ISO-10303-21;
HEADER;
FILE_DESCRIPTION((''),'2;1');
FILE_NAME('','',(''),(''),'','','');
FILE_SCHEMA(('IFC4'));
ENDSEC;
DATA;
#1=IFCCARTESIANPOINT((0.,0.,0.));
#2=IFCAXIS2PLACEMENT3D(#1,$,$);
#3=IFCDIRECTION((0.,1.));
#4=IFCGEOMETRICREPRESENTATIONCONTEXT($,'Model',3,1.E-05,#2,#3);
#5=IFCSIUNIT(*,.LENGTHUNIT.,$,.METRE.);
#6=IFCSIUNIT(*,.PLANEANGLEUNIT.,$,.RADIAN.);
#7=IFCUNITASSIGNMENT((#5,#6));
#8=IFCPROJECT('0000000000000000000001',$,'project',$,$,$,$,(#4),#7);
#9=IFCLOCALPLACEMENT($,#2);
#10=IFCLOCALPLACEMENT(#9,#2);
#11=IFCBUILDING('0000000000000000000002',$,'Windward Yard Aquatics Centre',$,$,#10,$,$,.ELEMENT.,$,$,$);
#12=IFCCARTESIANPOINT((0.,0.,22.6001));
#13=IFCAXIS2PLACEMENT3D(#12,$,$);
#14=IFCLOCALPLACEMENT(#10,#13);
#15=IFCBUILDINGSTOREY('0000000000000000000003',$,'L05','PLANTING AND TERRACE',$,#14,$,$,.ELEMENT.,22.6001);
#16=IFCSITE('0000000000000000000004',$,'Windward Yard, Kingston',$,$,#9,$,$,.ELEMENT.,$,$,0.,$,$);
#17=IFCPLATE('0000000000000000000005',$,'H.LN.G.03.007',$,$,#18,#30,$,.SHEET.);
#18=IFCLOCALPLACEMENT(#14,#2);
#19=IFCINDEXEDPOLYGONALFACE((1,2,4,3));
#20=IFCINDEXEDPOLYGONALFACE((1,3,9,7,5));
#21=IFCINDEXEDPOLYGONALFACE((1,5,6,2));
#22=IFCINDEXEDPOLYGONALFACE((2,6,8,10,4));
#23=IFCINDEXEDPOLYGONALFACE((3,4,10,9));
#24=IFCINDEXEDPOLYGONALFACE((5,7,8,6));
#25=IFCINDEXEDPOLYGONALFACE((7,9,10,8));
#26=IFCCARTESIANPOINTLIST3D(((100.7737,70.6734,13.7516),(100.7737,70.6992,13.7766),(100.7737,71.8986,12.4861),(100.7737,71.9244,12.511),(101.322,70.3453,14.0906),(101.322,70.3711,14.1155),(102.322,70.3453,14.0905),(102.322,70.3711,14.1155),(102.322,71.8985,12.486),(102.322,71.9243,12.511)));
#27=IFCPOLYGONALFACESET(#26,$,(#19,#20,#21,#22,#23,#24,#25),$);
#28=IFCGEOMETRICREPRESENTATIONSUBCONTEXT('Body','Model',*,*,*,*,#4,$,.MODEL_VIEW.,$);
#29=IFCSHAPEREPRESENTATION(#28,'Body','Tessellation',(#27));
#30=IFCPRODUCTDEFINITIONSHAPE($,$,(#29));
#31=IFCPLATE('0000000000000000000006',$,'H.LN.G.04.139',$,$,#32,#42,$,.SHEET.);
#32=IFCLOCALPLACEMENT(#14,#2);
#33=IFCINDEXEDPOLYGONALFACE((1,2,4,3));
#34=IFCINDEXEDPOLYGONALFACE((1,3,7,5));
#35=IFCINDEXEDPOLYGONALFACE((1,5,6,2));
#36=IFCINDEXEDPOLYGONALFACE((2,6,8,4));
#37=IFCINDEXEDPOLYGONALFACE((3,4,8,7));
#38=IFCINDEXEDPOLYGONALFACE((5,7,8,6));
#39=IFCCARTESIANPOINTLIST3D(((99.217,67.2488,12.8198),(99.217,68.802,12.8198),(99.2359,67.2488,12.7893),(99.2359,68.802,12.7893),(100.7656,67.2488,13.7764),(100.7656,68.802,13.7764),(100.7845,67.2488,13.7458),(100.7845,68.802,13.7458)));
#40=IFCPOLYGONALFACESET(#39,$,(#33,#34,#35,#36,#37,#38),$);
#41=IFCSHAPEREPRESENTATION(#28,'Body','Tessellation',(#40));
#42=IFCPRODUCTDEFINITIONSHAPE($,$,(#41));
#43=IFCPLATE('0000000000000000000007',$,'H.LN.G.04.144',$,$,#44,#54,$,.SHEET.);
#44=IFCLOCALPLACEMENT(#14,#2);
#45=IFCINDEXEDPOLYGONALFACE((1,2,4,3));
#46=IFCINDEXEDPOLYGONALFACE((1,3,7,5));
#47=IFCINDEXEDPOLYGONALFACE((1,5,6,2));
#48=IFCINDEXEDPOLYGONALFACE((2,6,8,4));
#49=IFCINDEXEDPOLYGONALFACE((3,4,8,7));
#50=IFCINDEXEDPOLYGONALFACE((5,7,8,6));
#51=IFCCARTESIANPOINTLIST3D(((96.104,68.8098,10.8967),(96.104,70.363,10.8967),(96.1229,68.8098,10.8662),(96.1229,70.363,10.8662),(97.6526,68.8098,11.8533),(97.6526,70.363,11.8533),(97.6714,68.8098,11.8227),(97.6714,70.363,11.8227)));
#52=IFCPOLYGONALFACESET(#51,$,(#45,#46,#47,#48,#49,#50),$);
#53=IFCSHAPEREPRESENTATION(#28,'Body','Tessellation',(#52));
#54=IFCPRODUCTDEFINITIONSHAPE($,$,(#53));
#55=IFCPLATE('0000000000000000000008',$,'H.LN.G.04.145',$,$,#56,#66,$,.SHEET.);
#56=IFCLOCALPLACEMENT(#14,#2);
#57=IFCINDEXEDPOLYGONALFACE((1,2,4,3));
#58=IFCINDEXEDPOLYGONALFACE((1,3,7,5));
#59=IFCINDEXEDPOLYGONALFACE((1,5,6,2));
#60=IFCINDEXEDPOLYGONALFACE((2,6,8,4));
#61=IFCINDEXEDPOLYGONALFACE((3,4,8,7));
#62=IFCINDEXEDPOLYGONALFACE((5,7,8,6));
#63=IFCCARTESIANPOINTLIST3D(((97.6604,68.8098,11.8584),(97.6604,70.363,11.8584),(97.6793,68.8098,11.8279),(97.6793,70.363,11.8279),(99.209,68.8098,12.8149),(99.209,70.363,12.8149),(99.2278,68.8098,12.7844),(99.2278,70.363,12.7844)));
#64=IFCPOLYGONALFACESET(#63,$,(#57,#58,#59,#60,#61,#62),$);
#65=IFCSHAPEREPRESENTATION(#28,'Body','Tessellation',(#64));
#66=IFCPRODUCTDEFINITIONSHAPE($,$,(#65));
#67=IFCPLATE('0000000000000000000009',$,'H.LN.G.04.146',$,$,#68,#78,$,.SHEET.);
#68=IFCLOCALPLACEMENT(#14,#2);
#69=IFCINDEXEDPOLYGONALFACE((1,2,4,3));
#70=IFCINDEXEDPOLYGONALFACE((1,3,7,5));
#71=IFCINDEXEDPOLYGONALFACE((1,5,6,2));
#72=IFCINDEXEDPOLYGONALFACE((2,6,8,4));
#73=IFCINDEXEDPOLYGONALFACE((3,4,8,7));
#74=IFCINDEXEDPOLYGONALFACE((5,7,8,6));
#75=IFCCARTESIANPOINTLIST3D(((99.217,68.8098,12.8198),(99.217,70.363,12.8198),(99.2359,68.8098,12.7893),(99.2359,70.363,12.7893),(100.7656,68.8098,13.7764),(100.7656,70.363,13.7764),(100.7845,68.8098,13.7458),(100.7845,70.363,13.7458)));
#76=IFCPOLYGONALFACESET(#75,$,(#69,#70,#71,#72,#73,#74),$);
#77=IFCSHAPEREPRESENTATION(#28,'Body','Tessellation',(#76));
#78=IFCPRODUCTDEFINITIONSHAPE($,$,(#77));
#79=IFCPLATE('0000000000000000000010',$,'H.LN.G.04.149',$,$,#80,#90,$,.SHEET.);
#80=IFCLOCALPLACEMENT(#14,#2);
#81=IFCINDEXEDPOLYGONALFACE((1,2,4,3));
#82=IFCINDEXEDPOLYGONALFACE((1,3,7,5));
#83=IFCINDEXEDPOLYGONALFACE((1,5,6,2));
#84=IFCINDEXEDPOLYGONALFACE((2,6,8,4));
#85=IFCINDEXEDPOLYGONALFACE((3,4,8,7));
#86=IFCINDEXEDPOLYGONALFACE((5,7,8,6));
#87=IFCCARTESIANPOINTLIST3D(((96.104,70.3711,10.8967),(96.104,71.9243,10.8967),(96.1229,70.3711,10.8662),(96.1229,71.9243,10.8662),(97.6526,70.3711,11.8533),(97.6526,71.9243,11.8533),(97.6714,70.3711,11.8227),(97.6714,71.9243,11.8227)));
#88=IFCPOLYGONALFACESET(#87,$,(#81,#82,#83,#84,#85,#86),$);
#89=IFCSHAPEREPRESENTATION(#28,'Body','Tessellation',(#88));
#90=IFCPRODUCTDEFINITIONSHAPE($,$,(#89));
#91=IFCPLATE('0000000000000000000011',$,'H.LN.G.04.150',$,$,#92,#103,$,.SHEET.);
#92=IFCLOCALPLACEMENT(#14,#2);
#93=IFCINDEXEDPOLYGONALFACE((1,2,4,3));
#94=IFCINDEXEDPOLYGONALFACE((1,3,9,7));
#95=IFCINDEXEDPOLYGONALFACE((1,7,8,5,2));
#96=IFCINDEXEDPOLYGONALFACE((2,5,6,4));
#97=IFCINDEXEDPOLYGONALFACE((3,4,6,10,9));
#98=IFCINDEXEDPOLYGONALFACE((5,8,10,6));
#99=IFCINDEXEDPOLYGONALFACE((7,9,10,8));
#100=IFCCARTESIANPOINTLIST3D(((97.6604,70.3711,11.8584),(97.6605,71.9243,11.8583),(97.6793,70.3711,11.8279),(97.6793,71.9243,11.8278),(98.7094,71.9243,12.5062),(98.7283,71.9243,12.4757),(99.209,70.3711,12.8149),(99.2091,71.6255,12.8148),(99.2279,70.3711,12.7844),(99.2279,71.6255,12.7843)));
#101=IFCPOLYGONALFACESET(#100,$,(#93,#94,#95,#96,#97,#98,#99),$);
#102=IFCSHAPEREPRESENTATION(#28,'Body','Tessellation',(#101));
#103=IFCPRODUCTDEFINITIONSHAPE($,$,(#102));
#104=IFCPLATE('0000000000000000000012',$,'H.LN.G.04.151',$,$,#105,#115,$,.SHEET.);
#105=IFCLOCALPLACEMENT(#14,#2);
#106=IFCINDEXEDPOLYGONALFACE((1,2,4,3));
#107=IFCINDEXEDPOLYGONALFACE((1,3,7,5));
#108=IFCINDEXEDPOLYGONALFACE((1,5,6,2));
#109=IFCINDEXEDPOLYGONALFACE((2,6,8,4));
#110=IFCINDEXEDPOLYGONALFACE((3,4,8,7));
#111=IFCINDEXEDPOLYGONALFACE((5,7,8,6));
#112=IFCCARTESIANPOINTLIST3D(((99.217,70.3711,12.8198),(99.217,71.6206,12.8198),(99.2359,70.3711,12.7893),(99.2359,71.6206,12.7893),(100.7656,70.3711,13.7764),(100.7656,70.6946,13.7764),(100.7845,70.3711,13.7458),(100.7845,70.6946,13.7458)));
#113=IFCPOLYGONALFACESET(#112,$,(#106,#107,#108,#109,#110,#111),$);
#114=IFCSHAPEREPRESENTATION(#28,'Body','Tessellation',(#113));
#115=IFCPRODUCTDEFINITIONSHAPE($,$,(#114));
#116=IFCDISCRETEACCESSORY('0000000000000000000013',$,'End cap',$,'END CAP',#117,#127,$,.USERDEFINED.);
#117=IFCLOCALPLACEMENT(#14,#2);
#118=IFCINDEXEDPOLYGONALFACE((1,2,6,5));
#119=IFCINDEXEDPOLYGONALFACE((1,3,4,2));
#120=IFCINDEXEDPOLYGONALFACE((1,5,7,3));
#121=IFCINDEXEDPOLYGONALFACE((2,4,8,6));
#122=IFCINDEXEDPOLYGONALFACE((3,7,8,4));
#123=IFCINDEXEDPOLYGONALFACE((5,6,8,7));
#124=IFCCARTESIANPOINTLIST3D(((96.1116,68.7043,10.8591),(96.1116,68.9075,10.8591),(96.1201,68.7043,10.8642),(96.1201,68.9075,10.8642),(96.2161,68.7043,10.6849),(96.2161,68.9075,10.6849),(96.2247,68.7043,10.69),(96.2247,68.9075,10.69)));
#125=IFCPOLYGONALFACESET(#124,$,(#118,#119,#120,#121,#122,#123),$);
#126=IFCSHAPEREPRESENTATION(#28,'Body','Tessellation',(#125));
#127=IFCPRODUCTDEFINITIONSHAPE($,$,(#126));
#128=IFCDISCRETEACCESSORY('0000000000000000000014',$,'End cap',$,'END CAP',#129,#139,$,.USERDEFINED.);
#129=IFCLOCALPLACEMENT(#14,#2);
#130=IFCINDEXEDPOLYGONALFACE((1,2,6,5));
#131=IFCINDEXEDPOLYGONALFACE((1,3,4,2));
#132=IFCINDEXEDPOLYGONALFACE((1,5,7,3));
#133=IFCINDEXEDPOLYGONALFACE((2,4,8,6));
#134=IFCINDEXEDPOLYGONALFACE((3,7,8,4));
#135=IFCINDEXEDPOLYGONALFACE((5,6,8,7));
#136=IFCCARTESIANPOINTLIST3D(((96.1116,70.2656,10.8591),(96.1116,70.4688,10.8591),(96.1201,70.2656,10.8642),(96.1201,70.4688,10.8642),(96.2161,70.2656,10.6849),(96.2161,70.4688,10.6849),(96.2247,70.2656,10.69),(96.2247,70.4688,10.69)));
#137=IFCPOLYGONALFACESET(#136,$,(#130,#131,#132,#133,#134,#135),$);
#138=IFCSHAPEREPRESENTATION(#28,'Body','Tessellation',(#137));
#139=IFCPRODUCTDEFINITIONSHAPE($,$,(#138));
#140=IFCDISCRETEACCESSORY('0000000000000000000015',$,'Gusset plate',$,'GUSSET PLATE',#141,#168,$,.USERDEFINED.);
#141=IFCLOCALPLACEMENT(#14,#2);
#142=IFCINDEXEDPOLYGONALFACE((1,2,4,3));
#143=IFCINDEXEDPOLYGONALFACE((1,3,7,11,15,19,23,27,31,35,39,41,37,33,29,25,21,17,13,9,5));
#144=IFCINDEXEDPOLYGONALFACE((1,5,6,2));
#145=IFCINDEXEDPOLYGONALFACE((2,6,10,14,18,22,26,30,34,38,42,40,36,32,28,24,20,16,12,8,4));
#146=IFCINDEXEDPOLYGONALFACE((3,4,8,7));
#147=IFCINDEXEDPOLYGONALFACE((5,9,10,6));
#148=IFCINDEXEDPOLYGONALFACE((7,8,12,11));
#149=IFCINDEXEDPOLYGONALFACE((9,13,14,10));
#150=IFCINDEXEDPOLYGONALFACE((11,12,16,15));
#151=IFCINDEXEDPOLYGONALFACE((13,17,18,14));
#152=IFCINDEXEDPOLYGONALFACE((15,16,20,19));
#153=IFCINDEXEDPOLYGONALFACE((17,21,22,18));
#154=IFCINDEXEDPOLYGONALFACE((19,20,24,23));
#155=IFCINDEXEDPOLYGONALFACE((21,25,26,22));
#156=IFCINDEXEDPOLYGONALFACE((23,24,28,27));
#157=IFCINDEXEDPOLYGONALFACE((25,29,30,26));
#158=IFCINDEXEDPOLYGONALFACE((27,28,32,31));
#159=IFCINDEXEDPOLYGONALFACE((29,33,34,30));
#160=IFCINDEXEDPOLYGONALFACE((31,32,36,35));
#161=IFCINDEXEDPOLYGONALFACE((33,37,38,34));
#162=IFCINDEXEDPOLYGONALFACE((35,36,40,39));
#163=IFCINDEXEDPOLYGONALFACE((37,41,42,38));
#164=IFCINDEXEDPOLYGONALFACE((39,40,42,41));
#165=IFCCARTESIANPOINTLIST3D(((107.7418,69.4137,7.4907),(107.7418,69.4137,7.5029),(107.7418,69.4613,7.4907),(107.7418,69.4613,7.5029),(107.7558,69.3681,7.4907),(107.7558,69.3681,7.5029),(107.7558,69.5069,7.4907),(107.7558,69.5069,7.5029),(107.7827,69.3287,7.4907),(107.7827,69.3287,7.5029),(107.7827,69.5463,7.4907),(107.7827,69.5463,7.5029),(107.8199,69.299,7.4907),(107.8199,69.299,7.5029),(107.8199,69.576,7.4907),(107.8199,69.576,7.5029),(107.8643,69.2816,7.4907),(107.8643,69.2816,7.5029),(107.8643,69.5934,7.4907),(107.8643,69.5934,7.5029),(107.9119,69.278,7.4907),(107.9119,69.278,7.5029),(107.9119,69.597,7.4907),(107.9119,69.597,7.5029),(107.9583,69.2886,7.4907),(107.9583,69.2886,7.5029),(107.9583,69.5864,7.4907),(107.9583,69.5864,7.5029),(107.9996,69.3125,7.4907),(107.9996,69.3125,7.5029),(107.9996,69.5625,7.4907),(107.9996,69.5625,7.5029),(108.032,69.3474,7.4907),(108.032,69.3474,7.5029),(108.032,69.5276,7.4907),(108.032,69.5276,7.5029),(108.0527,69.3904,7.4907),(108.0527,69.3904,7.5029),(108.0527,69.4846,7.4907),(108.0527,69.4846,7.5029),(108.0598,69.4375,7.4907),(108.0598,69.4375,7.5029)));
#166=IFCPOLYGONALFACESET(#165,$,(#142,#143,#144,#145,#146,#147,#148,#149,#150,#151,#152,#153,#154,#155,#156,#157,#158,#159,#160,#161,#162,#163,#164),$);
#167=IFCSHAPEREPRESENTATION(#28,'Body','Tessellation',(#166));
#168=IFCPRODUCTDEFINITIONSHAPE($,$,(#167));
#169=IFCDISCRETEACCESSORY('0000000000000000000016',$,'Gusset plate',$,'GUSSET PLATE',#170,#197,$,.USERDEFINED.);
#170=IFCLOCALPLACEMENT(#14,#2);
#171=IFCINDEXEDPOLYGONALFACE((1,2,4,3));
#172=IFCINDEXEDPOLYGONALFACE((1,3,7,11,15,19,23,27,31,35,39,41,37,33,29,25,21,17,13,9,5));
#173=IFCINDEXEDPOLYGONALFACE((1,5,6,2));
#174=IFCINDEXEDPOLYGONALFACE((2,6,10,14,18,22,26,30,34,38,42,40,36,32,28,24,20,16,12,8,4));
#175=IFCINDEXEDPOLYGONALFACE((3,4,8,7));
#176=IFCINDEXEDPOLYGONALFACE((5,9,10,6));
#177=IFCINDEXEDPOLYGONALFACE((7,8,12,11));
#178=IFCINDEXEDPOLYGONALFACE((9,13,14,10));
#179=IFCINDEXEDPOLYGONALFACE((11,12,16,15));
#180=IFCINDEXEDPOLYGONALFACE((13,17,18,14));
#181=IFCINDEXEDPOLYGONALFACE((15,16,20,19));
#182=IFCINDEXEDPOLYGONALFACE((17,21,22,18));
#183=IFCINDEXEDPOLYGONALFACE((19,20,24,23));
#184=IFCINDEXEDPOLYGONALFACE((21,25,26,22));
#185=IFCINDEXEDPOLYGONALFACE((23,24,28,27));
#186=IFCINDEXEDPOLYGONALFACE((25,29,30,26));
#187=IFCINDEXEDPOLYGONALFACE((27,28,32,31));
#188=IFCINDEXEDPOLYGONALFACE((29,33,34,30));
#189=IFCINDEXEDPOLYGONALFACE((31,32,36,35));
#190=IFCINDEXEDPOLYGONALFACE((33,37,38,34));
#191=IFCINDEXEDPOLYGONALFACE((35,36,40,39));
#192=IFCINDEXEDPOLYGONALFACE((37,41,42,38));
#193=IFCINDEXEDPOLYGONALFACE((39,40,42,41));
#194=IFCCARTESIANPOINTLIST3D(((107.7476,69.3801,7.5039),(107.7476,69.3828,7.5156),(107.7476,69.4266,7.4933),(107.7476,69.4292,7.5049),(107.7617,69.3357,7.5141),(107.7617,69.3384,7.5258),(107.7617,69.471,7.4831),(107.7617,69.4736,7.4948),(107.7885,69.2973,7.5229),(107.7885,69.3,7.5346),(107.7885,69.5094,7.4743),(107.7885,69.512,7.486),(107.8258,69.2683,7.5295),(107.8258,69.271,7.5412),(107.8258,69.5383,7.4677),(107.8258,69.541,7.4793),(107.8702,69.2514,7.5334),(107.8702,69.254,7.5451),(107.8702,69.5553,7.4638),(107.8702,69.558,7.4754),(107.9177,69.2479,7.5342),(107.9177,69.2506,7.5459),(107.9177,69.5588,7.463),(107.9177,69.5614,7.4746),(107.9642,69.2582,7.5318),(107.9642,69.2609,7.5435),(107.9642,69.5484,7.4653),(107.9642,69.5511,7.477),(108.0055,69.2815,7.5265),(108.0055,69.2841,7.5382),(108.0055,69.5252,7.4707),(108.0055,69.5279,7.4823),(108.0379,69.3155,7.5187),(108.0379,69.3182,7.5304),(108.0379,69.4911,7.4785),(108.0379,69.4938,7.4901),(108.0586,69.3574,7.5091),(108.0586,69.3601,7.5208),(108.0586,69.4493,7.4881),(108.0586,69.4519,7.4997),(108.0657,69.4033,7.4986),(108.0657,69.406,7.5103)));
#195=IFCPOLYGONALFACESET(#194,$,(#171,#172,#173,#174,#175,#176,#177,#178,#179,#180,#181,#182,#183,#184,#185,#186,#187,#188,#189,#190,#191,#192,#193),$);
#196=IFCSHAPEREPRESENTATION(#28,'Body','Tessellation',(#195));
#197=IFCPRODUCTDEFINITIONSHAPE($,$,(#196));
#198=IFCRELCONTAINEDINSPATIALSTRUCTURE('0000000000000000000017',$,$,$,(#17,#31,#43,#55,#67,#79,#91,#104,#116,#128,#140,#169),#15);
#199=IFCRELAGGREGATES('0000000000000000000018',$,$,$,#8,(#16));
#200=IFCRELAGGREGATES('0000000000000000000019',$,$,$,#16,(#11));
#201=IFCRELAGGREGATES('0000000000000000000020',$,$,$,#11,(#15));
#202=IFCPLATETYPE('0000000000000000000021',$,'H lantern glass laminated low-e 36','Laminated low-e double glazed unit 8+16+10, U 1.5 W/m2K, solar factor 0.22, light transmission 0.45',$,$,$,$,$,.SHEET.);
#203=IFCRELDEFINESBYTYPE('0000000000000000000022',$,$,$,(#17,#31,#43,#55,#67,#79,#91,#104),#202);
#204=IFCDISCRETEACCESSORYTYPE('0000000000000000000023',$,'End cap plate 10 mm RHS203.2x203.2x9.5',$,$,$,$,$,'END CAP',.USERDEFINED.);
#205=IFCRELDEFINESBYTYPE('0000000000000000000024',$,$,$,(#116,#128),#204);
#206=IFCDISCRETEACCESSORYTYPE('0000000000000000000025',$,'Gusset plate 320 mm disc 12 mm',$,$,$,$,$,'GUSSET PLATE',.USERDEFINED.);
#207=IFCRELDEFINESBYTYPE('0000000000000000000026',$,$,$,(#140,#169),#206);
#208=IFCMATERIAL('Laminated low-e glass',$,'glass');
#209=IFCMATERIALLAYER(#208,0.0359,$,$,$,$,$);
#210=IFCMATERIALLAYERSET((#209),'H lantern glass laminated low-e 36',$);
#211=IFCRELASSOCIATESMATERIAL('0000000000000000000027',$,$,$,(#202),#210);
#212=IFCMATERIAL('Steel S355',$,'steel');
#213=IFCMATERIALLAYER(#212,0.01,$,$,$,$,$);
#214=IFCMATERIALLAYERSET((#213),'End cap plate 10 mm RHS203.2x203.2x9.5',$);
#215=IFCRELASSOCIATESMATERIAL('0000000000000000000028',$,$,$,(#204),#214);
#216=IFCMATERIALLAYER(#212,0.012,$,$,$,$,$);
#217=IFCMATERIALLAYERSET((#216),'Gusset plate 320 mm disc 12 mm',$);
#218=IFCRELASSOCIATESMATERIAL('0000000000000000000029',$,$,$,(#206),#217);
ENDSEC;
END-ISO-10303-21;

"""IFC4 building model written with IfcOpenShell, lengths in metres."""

from ifc_helpers import new_model, si_unit, direction, frame, origin, origin_2d, place, context, subcontext, project, spatial, polyline, rectangle, circle, outline, extrude, material, layer, layer_set, type_object, element, save


model = new_model("IFC4")

# Units and contexts
model_context = context("Model", 3, precision=1e-05, world=origin(), true_north=direction((0.0, 1.0)))
body_context = subcontext(model_context, "Body", "Model", "MODEL_VIEW")
ifc_project = project(units=[si_unit("LENGTHUNIT", "METRE"), si_unit("PLANEANGLEUNIT", "RADIAN")], contexts=[model_context])

# Site, building, storey
site_placement = place(None, origin())
site = spatial("IfcSite", under=ifc_project, at=site_placement, Name="Windward Yard, Kingston", CompositionType="ELEMENT", RefElevation=0.0)
building_placement = place(site_placement, origin())
building = spatial("IfcBuilding", under=site, at=building_placement, Name="Windward Yard Aquatics Centre", CompositionType="ELEMENT")
storey_placement = place(building_placement, frame((0.0, 0.0, 22.6001)))
storey = spatial("IfcBuildingStorey", under=building, at=storey_placement, Name="L05", Description="PLANTING AND TERRACE", CompositionType="ELEMENT", Elevation=22.6001)

# Plates
ifc_material_1 = material(Name="Laminated low-e glass", Category="glass")
ifc_layer_1 = layer(ifc_material_1, 0.0359)
ifc_layer_set_1 = layer_set([ifc_layer_1], Name="H lantern glass laminated low-e 36")
plate_type = type_object("IfcPlateType", Name="H lantern glass laminated low-e 36", Description="Laminated low-e double glazed unit 8+16+10, U 1.5 W/m2K, solar factor 0.22, light transmission 0.45", PredefinedType="SHEET", material=ifc_layer_set_1)
plate_1_placement = place(storey_placement, frame((100.7737, 70.6992, 13.7766), z_axis=(0.000021, 0.718496, 0.695531), x_axis=(0.0, 0.695531, -0.718496)))
element("IfcPlate", 1, at=plate_1_placement, inside=storey, type_object=plate_type, Name="H.LN.G.03.007", PredefinedType="SHEET", context=body_context, shape_type="SweptSolid", body=[
    extrude(outline(polyline([(0.0, 0.0), (1.7614, 0.0), (1.7614, -1.5483), (-0.4717, -1.5483), (-0.4717, -0.5483), (0.0, 0.0)])), origin(), (0.0, 0.0, -1.0), 0.0359),
])
for number, where, z_axis, x_axis, name in (
    (2, (99.217, 67.2488, 12.8198), (-0.525519, 0.0, 0.850782), (0.0, 1.0, 0.0), "H.LN.G.04.139"),
    (3, (96.104, 68.8098, 10.8967), (-0.525519, 0.0, 0.850782), (0.0, 1.0, 0.0), "H.LN.G.04.144"),
    (4, (97.6604, 68.8098, 11.8584), (-0.525519, 0.0, 0.850782), (0.0, 1.0, 0.0), "H.LN.G.04.145"),
    (5, (99.217, 68.8098, 12.8198), (-0.525519, 0.0, 0.850782), (0.0, 1.0, 0.0), "H.LN.G.04.146"),
    (6, (96.104, 70.3711, 10.8967), (-0.525519, 0.0, 0.850782), (0.0, 1.0, 0.0), "H.LN.G.04.149"),
):
    element("IfcPlate", number, at=place(storey_placement, frame(where, z_axis=z_axis, x_axis=x_axis)), inside=storey, type_object=plate_type, Name=name, PredefinedType="SHEET", context=body_context, shape_type="SweptSolid", body=[
        extrude(outline(polyline([(0.0, 0.0), (1.5532, 0.0), (1.5532, -1.8202), (0.0, -1.8202), (0.0, 0.0)])), origin(), (0.0, 0.0, -1.0), 0.0359),
    ])
plate_2_placement = place(storey_placement, frame((97.6604, 70.3711, 11.8584), z_axis=(-0.525507, 0.000083, 0.850789), x_axis=(0.000044, 1.0, -0.000071)))
element("IfcPlate", 7, at=plate_2_placement, inside=storey, type_object=plate_type, Name="H.LN.G.04.150", PredefinedType="SHEET", context=body_context, shape_type="SweptSolid", body=[
    extrude(outline(polyline([(0.0, 0.0), (1.5532, 0.0), (1.5532, -1.2329), (1.2544, -1.8202), (0.0, -1.8202), (0.0, 0.0)])), origin(), (0.0, 0.0, -1.0), 0.0359),
])
plate_3_placement = place(storey_placement, frame((99.217, 70.3711, 12.8198), z_axis=(-0.525519, 0.0, 0.850782), x_axis=(0.0, 1.0, 0.0)))
element("IfcPlate", 8, at=plate_3_placement, inside=storey, type_object=plate_type, Name="H.LN.G.04.151", PredefinedType="SHEET", context=body_context, shape_type="SweptSolid", body=[
    extrude(outline(polyline([(0.0, 0.0), (1.2495, 0.0), (0.3235, -1.8202), (0.0, -1.8202), (0.0, 0.0)])), origin(), (0.0, 0.0, -1.0), 0.0359),
])

# Discrete accessories
ifc_material_2 = material(Name="Steel S355", Category="steel")
ifc_layer_2 = layer(ifc_material_2, 0.01)
ifc_layer_set_2 = layer_set([ifc_layer_2], Name="End cap plate 10 mm RHS203.2x203.2x9.5")
discrete_accessory_type_1 = type_object("IfcDiscreteAccessoryType", Name="End cap plate 10 mm RHS203.2x203.2x9.5", ElementType="END CAP", PredefinedType="USERDEFINED", material=ifc_layer_set_2)
for number, where, z_axis, x_axis, name in (
    (9, (96.1638, 68.8059, 10.772), (0.857493, 0.0, 0.514496), (0.0, 1.0, 0.0), "End cap"),
    (10, (96.1638, 70.3672, 10.772), (0.857493, 0.0, 0.514496), (0.0, 1.0, 0.0), "End cap"),
):
    element("IfcDiscreteAccessory", number, at=place(storey_placement, frame(where, z_axis=z_axis, x_axis=x_axis)), inside=storey, type_object=discrete_accessory_type_1, Name=name, ObjectType="END CAP", PredefinedType="USERDEFINED", context=body_context, shape_type="SweptSolid", body=[
        extrude(rectangle(XDim=0.2031, YDim=0.2031, at=origin_2d()), origin(), (0.0, 0.0, 1.0), 0.01),
    ])
ifc_layer_3 = layer(ifc_material_2, 0.012)
ifc_layer_set_3 = layer_set([ifc_layer_3], Name="Gusset plate 320 mm disc 12 mm")
discrete_accessory_type_2 = type_object("IfcDiscreteAccessoryType", Name="Gusset plate 320 mm disc 12 mm", ElementType="GUSSET PLATE", PredefinedType="USERDEFINED", material=ifc_layer_set_3)
discrete_accessory_1_placement = place(storey_placement, frame((107.8999, 69.4375, 7.4907), z_axis=(0.0, 0.0, 1.0), x_axis=(1.0, 0.0, 0.0)))
element("IfcDiscreteAccessory", 11, at=discrete_accessory_1_placement, inside=storey, type_object=discrete_accessory_type_2, Name="Gusset plate", ObjectType="GUSSET PLATE", PredefinedType="USERDEFINED", context=body_context, shape_type="SweptSolid", body=[
    extrude(circle(Radius=0.1599, at=origin_2d()), origin(), (0.0, 0.0, 1.0), 0.0122),
])
for number, where, z_axis, x_axis, name in (
    (12, (107.9058, 69.406, 7.5103), (0.0, -0.223376, -0.974732), (1.0, 0.0, 0.0), "Gusset plate"),
):
    element("IfcDiscreteAccessory", number, at=place(storey_placement, frame(where, z_axis=z_axis, x_axis=x_axis)), inside=storey, type_object=discrete_accessory_type_2, Name=name, ObjectType="GUSSET PLATE", PredefinedType="USERDEFINED", context=body_context, shape_type="SweptSolid", body=[
        extrude(circle(Radius=0.1599, at=origin_2d()), origin(), (0.0, 0.0, 1.0), 0.012),
    ])

save(model, "model.ifc")
